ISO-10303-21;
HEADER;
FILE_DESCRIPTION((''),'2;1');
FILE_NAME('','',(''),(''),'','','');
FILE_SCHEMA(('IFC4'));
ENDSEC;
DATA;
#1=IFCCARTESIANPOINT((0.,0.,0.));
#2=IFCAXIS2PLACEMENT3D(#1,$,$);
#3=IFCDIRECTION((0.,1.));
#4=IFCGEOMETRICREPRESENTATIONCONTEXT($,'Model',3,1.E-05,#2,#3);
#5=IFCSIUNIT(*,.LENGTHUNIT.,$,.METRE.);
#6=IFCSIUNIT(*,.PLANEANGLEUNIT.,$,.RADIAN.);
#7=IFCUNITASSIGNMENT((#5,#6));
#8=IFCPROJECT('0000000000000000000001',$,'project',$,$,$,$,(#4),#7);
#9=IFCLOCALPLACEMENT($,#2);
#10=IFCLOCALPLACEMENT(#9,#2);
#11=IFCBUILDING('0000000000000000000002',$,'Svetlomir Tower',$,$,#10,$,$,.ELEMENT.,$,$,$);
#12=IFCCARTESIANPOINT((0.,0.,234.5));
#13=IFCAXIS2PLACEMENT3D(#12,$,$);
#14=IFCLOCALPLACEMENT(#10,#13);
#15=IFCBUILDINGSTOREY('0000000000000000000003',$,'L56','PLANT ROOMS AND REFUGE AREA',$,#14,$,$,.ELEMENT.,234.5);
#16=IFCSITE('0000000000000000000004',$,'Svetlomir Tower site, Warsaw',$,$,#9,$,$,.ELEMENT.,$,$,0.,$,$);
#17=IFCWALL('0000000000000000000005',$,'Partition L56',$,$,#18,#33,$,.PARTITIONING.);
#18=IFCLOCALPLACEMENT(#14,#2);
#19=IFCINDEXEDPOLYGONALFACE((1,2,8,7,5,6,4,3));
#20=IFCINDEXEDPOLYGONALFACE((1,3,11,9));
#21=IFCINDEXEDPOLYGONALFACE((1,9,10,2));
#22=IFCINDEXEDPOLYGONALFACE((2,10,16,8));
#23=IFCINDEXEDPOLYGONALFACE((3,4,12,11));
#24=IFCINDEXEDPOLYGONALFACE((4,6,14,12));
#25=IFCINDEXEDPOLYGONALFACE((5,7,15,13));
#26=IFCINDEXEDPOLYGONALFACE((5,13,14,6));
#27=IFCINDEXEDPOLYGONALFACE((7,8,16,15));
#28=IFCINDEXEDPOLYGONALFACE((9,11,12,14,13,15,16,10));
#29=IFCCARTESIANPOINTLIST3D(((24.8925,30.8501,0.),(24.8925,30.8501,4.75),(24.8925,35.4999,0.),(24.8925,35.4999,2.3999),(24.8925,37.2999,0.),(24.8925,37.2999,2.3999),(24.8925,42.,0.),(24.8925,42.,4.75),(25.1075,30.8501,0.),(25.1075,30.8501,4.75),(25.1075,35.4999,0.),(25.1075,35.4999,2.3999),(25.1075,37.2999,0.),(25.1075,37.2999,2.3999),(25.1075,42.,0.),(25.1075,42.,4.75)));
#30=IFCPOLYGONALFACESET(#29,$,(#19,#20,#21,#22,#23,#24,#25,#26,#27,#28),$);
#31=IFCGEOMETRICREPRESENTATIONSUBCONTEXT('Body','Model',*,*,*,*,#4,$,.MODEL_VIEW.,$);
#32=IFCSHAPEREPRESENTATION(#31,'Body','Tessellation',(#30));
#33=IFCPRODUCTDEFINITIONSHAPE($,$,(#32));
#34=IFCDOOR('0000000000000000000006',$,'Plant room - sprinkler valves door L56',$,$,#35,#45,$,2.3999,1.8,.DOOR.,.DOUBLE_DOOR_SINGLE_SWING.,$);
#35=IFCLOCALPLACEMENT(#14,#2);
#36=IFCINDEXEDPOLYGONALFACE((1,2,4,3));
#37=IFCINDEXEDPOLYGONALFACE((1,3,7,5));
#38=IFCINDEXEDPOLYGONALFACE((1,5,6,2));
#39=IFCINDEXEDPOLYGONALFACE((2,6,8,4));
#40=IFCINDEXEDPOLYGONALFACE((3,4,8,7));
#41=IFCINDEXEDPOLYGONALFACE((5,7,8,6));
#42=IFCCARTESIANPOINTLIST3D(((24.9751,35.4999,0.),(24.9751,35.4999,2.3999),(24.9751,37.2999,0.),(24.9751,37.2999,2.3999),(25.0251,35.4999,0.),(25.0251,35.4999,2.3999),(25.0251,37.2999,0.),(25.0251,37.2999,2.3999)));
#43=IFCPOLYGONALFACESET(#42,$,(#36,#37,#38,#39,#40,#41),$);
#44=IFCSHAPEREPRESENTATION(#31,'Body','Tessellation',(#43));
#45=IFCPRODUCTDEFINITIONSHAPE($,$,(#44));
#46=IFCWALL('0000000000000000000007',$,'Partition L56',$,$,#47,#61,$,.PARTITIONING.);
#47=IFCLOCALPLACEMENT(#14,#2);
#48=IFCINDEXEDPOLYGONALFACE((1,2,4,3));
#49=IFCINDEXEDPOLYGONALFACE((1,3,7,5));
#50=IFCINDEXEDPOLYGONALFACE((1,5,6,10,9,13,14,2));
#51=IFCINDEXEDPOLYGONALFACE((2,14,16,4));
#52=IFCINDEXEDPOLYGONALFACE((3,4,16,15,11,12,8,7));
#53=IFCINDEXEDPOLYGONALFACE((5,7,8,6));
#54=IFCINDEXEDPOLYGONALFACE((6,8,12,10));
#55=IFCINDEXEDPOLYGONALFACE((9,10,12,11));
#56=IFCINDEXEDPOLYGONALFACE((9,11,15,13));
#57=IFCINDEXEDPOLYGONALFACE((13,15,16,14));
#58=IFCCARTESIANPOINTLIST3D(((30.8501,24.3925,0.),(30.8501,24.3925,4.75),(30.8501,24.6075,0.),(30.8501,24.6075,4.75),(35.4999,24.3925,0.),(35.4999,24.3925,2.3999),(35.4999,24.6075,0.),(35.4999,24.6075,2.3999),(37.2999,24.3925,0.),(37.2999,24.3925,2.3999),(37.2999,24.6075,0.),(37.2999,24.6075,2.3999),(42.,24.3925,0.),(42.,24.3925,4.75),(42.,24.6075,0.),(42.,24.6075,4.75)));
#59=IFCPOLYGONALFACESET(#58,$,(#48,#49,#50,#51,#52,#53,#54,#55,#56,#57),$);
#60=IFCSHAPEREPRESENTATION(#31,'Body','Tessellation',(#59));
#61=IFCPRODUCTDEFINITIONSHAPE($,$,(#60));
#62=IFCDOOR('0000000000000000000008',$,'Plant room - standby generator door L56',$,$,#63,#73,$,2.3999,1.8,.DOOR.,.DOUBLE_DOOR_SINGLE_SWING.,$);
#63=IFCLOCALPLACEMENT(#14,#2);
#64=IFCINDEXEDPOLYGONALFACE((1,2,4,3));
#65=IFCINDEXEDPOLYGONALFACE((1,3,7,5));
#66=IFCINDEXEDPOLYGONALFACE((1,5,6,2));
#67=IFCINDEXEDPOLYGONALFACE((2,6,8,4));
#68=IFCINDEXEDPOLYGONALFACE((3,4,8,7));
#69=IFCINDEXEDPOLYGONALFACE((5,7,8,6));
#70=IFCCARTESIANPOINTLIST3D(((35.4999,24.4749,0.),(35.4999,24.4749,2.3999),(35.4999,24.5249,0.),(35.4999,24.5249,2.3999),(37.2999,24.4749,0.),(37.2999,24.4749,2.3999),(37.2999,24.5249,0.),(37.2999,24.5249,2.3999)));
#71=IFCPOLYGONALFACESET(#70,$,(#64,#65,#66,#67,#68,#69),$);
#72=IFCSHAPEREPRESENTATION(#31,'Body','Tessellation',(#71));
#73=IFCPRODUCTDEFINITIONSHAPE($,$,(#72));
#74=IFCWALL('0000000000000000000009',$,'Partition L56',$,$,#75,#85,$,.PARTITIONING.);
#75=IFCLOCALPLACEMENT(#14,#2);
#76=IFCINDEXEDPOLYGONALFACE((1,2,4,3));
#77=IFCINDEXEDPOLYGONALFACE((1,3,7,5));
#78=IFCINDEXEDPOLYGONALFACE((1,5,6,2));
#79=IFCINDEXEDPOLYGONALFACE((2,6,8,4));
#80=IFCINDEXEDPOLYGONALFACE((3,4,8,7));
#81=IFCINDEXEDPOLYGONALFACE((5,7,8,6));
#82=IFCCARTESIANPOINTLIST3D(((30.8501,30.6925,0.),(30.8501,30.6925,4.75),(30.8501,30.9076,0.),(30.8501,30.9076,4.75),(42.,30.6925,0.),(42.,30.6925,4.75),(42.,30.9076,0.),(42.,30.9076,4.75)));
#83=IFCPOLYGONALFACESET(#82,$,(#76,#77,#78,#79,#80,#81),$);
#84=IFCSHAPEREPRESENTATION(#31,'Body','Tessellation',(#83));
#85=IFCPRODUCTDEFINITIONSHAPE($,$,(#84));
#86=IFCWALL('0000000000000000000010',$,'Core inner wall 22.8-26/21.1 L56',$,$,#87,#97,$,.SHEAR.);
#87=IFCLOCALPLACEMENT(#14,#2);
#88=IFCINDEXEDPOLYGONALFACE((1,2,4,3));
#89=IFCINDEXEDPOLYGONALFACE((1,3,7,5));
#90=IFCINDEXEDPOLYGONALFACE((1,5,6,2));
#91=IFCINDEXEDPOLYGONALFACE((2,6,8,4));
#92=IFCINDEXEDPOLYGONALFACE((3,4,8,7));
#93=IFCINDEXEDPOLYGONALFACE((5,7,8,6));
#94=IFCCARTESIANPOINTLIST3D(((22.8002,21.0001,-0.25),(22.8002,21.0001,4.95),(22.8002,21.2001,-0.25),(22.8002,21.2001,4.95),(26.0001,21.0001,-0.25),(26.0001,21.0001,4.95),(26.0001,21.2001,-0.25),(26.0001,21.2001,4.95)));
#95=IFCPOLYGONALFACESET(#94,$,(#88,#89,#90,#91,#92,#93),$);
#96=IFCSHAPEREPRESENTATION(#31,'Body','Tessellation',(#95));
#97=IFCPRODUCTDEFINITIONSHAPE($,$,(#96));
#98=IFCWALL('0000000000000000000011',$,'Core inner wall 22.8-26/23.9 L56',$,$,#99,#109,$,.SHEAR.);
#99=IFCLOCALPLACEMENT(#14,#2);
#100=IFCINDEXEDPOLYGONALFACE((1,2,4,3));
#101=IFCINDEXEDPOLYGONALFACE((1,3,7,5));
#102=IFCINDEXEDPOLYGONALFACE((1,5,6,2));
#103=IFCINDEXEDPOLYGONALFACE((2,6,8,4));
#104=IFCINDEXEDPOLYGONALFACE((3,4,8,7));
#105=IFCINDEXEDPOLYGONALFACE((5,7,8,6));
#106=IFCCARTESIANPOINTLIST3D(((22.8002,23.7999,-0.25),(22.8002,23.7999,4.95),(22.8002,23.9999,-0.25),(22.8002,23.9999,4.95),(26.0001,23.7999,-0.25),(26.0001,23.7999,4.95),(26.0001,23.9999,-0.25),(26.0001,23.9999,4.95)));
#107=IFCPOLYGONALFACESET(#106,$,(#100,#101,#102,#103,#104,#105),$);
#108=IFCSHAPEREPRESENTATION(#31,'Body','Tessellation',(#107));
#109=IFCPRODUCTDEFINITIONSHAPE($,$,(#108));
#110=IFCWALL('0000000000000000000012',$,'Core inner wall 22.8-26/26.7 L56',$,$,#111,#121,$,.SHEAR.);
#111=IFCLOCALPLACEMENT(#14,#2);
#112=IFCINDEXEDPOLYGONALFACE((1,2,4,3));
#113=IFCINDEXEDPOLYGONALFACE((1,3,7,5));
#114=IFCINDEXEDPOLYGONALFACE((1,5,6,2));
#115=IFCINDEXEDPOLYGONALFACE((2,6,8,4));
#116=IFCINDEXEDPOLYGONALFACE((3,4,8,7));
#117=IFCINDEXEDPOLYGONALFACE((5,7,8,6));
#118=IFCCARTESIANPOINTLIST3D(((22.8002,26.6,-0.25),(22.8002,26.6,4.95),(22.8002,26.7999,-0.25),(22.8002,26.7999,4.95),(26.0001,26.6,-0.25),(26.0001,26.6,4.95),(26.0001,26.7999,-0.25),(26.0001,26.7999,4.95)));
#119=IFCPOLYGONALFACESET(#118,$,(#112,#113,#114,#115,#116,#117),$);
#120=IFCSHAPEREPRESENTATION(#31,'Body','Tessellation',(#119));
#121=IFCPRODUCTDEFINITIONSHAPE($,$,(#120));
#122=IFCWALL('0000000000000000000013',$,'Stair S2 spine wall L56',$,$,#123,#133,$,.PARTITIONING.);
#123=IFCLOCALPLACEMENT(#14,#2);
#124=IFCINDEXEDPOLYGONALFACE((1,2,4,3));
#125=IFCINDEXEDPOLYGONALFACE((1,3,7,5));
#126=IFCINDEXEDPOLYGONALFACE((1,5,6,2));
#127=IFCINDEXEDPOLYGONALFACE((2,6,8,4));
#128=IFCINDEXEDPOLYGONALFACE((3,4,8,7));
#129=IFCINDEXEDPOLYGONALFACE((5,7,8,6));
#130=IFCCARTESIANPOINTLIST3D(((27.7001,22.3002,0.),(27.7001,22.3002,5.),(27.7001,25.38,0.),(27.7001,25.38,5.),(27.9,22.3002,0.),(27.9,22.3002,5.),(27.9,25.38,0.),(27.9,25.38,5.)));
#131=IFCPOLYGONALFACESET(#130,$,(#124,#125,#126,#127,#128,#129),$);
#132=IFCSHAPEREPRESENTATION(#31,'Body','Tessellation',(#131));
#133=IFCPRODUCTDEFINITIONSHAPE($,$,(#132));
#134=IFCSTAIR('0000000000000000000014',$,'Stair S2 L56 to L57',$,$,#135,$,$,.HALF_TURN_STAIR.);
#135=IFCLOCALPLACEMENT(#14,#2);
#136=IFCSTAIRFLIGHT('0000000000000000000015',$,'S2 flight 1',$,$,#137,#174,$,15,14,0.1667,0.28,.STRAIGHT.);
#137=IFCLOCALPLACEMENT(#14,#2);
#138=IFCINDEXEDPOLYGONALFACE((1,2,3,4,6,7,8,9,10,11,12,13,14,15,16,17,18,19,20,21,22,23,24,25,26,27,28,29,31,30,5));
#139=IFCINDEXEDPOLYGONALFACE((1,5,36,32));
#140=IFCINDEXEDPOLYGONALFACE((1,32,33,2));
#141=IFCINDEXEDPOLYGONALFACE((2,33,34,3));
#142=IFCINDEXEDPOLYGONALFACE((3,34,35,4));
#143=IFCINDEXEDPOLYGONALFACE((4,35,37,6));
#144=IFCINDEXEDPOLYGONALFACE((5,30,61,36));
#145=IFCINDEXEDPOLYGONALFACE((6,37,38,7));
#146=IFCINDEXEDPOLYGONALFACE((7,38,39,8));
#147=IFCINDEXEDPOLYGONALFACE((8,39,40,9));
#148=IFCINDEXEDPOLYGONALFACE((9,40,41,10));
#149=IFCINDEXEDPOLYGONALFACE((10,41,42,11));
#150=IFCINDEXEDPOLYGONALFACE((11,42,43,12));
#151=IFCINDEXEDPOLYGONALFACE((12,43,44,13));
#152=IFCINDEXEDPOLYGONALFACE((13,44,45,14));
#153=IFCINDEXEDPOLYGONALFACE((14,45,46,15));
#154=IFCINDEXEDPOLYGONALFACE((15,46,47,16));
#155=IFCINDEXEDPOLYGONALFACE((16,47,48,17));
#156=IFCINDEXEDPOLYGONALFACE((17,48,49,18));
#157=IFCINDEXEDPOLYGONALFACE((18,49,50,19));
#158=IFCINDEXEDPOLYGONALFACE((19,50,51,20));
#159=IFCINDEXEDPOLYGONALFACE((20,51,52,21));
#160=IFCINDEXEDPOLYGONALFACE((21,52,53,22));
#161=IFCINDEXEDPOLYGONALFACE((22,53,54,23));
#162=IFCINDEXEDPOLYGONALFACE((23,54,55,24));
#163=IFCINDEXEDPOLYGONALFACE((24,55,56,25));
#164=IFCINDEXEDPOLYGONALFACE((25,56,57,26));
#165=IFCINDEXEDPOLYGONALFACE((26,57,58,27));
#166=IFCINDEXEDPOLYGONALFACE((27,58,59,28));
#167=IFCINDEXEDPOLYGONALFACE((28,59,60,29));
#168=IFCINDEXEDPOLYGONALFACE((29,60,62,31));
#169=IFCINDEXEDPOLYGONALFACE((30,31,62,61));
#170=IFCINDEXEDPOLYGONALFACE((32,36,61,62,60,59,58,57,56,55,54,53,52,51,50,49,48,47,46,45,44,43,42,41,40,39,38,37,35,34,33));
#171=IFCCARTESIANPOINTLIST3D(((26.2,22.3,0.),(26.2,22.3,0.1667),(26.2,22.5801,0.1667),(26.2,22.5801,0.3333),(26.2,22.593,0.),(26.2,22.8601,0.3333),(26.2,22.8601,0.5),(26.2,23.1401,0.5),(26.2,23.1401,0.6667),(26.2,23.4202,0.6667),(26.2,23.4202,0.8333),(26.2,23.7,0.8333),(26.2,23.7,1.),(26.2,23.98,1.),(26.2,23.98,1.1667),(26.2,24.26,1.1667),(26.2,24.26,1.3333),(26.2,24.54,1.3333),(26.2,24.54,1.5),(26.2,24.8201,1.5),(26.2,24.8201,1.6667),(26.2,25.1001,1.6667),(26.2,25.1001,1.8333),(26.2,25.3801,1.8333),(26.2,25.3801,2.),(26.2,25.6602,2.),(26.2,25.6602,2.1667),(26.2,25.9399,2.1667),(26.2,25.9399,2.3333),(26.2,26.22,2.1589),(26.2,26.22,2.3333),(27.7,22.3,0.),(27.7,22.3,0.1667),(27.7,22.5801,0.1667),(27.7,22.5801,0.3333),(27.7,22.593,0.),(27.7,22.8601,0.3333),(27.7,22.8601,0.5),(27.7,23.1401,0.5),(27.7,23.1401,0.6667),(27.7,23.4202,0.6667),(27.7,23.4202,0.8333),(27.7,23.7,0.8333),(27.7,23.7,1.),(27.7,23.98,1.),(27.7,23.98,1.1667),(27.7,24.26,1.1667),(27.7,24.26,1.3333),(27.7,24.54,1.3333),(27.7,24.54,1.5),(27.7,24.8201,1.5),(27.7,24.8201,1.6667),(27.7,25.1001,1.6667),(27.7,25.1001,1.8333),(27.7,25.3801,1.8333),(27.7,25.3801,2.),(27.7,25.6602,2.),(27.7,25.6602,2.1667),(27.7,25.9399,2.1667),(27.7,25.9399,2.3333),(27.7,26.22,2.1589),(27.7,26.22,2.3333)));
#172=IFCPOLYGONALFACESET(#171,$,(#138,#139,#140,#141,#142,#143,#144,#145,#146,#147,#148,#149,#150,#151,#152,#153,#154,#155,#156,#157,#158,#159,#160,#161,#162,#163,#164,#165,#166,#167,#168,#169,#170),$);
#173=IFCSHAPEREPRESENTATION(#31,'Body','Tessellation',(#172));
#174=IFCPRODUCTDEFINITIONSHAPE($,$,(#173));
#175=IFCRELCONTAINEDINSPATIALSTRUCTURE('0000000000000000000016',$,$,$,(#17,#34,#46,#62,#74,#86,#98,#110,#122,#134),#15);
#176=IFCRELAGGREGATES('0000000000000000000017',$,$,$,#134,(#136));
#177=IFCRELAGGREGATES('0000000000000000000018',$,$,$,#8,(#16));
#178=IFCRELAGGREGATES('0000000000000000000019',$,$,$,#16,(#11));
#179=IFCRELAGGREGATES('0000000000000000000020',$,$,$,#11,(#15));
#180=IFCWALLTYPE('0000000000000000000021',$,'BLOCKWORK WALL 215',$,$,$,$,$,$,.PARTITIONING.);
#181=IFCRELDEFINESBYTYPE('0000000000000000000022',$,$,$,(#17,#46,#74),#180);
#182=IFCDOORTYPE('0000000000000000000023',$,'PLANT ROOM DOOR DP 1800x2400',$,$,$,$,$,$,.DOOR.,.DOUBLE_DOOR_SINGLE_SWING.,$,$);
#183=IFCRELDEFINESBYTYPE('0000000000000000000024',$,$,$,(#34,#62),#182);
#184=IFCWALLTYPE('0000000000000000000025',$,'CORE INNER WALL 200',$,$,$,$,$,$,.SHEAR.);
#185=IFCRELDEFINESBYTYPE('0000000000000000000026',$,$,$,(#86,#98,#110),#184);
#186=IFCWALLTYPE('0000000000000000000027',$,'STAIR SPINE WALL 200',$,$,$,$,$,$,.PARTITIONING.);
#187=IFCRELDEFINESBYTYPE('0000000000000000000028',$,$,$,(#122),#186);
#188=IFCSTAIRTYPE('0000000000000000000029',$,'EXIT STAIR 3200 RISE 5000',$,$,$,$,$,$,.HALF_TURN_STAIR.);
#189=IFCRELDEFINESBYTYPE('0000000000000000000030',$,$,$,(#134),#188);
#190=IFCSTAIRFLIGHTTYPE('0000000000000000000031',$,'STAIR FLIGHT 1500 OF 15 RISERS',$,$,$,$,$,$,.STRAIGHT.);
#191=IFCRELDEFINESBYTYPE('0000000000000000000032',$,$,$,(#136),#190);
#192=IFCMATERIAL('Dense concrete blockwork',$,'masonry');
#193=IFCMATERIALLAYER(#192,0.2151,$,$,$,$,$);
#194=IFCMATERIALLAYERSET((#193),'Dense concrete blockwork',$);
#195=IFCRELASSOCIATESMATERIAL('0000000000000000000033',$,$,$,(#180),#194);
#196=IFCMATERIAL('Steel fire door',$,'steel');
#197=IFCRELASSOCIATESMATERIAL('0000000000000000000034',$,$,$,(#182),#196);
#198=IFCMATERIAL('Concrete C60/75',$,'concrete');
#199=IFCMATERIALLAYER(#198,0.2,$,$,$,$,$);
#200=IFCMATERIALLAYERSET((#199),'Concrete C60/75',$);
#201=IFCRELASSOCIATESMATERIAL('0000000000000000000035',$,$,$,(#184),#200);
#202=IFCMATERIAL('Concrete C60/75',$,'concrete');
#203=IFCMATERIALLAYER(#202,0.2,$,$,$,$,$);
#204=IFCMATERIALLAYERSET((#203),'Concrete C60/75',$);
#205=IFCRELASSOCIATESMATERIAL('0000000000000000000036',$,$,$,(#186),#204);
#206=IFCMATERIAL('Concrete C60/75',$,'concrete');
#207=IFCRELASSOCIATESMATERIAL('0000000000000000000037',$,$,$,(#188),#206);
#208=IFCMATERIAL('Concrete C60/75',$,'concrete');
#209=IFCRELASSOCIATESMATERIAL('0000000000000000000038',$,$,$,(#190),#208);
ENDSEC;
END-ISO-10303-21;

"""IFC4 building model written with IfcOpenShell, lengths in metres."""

from ifc_helpers import new_model, si_unit, direction, frame, frame_2d, origin, place, context, subcontext, project, spatial, polyline, rectangle, outline, extrude, material, layer, layer_set, type_object, element, fill, aggregate, save


model = new_model("IFC4")

# Units and contexts
model_context = context("Model", 3, precision=1e-05, world=origin(), true_north=direction((0.0, 1.0)))
body_context = subcontext(model_context, "Body", "Model", "MODEL_VIEW")
ifc_project = project(units=[si_unit("LENGTHUNIT", "METRE"), si_unit("PLANEANGLEUNIT", "RADIAN")], contexts=[model_context])

# Site, building, storey
site_placement = place(None, origin())
site = spatial("IfcSite", under=ifc_project, at=site_placement, Name="Svetlomir Tower site, Warsaw", CompositionType="ELEMENT", RefElevation=0.0)
building_placement = place(site_placement, origin())
building = spatial("IfcBuilding", under=site, at=building_placement, Name="Svetlomir Tower", CompositionType="ELEMENT")
storey_placement = place(building_placement, frame((0.0, 0.0, 234.5)))
storey = spatial("IfcBuildingStorey", under=building, at=storey_placement, Name="L56", Description="PLANT ROOMS AND REFUGE AREA", CompositionType="ELEMENT", Elevation=234.5)

# Walls, openings, doors
ifc_material_1 = material(Name="Dense concrete blockwork", Category="masonry")
ifc_layer_1 = layer(ifc_material_1, 0.2151)
ifc_layer_set_1 = layer_set([ifc_layer_1], Name="Dense concrete blockwork")
wall_type_1 = type_object("IfcWallType", Name="BLOCKWORK WALL 215", PredefinedType="PARTITIONING", material=ifc_layer_set_1)
wall_1_placement = place(storey_placement, frame((25.0, 30.8501, 0.0), z_axis=(0.0, 0.0, 1.0), x_axis=(0.0, 1.0, 0.0)))
wall_1 = element("IfcWall", 1, at=wall_1_placement, inside=storey, type_object=wall_type_1, Name="Partition L56", PredefinedType="PARTITIONING", context=body_context, shape_type="SweptSolid", body=[
    extrude(rectangle(XDim=11.1499, YDim=0.2151, at=frame_2d((5.575, 0.0))), origin(), (0.0, 0.0, 1.0), 4.75),
])
opening_1_placement = place(wall_1_placement, frame((4.6499, 0.0, 0.0)))
opening_1 = element("IfcOpeningElement", 2, at=opening_1_placement, cuts=wall_1, PredefinedType="OPENING", context=body_context, shape_type="SweptSolid", body=[
    extrude(rectangle(XDim=1.8, YDim=2.3999, at=frame_2d((0.8999, 1.2))), frame((0.0, 0.1177, 0.0), z_axis=(0.0, -1.0, 0.0), x_axis=(1.0, 0.0, 0.0)), (0.0, 0.0, 1.0), 0.2351),
])
ifc_material_2 = material(Name="Steel fire door", Category="steel")
door_type = type_object("IfcDoorType", Name="PLANT ROOM DOOR DP 1800x2400", OperationType="DOUBLE_DOOR_SINGLE_SWING", PredefinedType="DOOR", material=ifc_material_2)
door_1_placement = place(opening_1_placement, origin())
door_1 = element("IfcDoor", 3, at=door_1_placement, inside=storey, type_object=door_type, Name="Plant room - sprinkler valves door L56", OperationType="DOUBLE_DOOR_SINGLE_SWING", OverallHeight=2.3999, OverallWidth=1.8, PredefinedType="DOOR", context=body_context, shape_type="SweptSolid", body=[
    extrude(rectangle(XDim=1.8, YDim=2.3999, at=frame_2d((0.8999, 1.2))), frame((0.0, 0.0249, 0.0), z_axis=(0.0, -1.0, 0.0), x_axis=(1.0, 0.0, 0.0)), (0.0, 0.0, 1.0), 0.05),
])
fill(opening_1, door_1)
wall_2_placement = place(storey_placement, frame((30.8501, 24.5, 0.0), z_axis=(0.0, 0.0, 1.0), x_axis=(1.0, 0.0, 0.0)))
wall_2 = element("IfcWall", 4, at=wall_2_placement, inside=storey, type_object=wall_type_1, Name="Partition L56", PredefinedType="PARTITIONING", context=body_context, shape_type="SweptSolid", body=[
    extrude(rectangle(XDim=11.1499, YDim=0.2151, at=frame_2d((5.575, 0.0))), origin(), (0.0, 0.0, 1.0), 4.75),
])
opening_2_placement = place(wall_2_placement, frame((4.6499, 0.0, 0.0)))
opening_2 = element("IfcOpeningElement", 5, at=opening_2_placement, cuts=wall_2, PredefinedType="OPENING", context=body_context, shape_type="SweptSolid", body=[
    extrude(rectangle(XDim=1.8, YDim=2.3999, at=frame_2d((0.8999, 1.2))), frame((0.0, 0.1177, 0.0), z_axis=(0.0, -1.0, 0.0), x_axis=(1.0, 0.0, 0.0)), (0.0, 0.0, 1.0), 0.2351),
])
door_2_placement = place(opening_2_placement, origin())
door_2 = element("IfcDoor", 6, at=door_2_placement, inside=storey, type_object=door_type, Name="Plant room - standby generator door L56", OperationType="DOUBLE_DOOR_SINGLE_SWING", OverallHeight=2.3999, OverallWidth=1.8, PredefinedType="DOOR", context=body_context, shape_type="SweptSolid", body=[
    extrude(rectangle(XDim=1.8, YDim=2.3999, at=frame_2d((0.8999, 1.2))), frame((0.0, 0.0249, 0.0), z_axis=(0.0, -1.0, 0.0), x_axis=(1.0, 0.0, 0.0)), (0.0, 0.0, 1.0), 0.05),
])
fill(opening_2, door_2)

# Walls
wall_3_placement = place(storey_placement, frame((30.8501, 30.8, 0.0), z_axis=(0.0, 0.0, 1.0), x_axis=(1.0, 0.0, 0.0)))
element("IfcWall", 7, at=wall_3_placement, inside=storey, type_object=wall_type_1, Name="Partition L56", PredefinedType="PARTITIONING", context=body_context, shape_type="SweptSolid", body=[
    extrude(rectangle(XDim=11.1499, YDim=0.2151, at=frame_2d((5.575, 0.0))), origin(), (0.0, 0.0, 1.0), 4.75),
])
ifc_material_3 = material(Name="Concrete C60/75", Category="concrete")
ifc_layer_2 = layer(ifc_material_3, 0.2)
ifc_layer_set_2 = layer_set([ifc_layer_2], Name="Concrete C60/75")
wall_type_2 = type_object("IfcWallType", Name="CORE INNER WALL 200", PredefinedType="SHEAR", material=ifc_layer_set_2)
for number, where, z_axis, x_axis, name in (
    (8, (22.8, 21.1001, -0.25), (0.0, 0.0, 1.0), (1.0, 0.0, 0.0), "Core inner wall 22.8-26/21.1 L56"),
    (9, (22.8, 23.8999, -0.25), (0.0, 0.0, 1.0), (1.0, 0.0, 0.0), "Core inner wall 22.8-26/23.9 L56"),
    (10, (22.8, 26.7, -0.25), (0.0, 0.0, 1.0), (1.0, 0.0, 0.0), "Core inner wall 22.8-26/26.7 L56"),
):
    element("IfcWall", number, at=place(storey_placement, frame(where, z_axis=z_axis, x_axis=x_axis)), inside=storey, type_object=wall_type_2, Name=name, PredefinedType="SHEAR", context=body_context, shape_type="SweptSolid", body=[
        extrude(rectangle(XDim=3.2, YDim=0.2, at=frame_2d((1.6001, 0.0))), origin(), (0.0, 0.0, 1.0), 5.2),
    ])
ifc_material_4 = material(Name="Concrete C60/75", Category="concrete")
ifc_layer_3 = layer(ifc_material_4, 0.2)
ifc_layer_set_3 = layer_set([ifc_layer_3], Name="Concrete C60/75")
wall_type_3 = type_object("IfcWallType", Name="STAIR SPINE WALL 200", PredefinedType="PARTITIONING", material=ifc_layer_set_3)
wall_4_placement = place(storey_placement, frame((27.8, 22.3, 0.0), z_axis=(0.0, 0.0, 1.0), x_axis=(0.0, 1.0, 0.0)))
element("IfcWall", 11, at=wall_4_placement, inside=storey, type_object=wall_type_3, Name="Stair S2 spine wall L56", PredefinedType="PARTITIONING", context=body_context, shape_type="SweptSolid", body=[
    extrude(rectangle(XDim=3.0798, YDim=0.2, at=frame_2d((1.54, 0.0))), origin(), (0.0, 0.0, 1.0), 5.0),
])

# Stair, stair flight
ifc_material_5 = material(Name="Concrete C60/75", Category="concrete")
stair_type = type_object("IfcStairType", Name="EXIT STAIR 3200 RISE 5000", PredefinedType="HALF_TURN_STAIR", material=ifc_material_5)
stair_placement = place(storey_placement, origin())
stair = element("IfcStair", 12, at=stair_placement, inside=storey, type_object=stair_type, Name="Stair S2 L56 to L57", PredefinedType="HALF_TURN_STAIR")
ifc_material_6 = material(Name="Concrete C60/75", Category="concrete")
stair_flight_type = type_object("IfcStairFlightType", Name="STAIR FLIGHT 1500 OF 15 RISERS", PredefinedType="STRAIGHT", material=ifc_material_6)
stair_flight_1_placement = place(storey_placement, frame((26.95, 22.3, 0.0), z_axis=(0.0, 0.0, 1.0), x_axis=(0.0, 1.0, 0.0)))
stair_flight_1 = element("IfcStairFlight", 13, at=stair_flight_1_placement, type_object=stair_flight_type, Name="S2 flight 1", NumberOfRisers=15, NumberOfTreads=14, PredefinedType="STRAIGHT", RiserHeight=0.1667, TreadLength=0.28, context=body_context, shape_type="SweptSolid", body=[
    extrude(outline(polyline([(0.0, 0.0), (0.0, 0.1667), (0.28, 0.1667), (0.28, 0.3333), (0.5601, 0.3333), (0.5601, 0.5), (0.8401, 0.5), (0.8401, 0.6667), (1.1201, 0.6667), (1.1201, 0.8333), (1.3999, 0.8333), (1.3999, 1.0), (1.6799, 1.0), (1.6799, 1.1667), (1.96, 1.1667), (1.96, 1.3333), (2.24, 1.3333), (2.24, 1.5), (2.52, 1.5), (2.52, 1.6667), (2.8, 1.6667), (2.8, 1.8333), (3.0801, 1.8333), (3.0801, 2.0), (3.3601, 2.0), (3.3601, 2.1667), (3.6399, 2.1667), (3.6399, 2.3333), (3.9199, 2.3333), (3.9199, 2.5), (3.9199, 2.1589), (0.293, 0.0), (0.0, 0.0)])), frame((0.0, 0.75, 0.0), z_axis=(0.0, -1.0, 0.0), x_axis=(1.0, 0.0, 0.0)), (0.0, 0.0, 1.0), 1.5),
])
aggregate(stair, [stair_flight_1])

save(model, "model.ifc")
